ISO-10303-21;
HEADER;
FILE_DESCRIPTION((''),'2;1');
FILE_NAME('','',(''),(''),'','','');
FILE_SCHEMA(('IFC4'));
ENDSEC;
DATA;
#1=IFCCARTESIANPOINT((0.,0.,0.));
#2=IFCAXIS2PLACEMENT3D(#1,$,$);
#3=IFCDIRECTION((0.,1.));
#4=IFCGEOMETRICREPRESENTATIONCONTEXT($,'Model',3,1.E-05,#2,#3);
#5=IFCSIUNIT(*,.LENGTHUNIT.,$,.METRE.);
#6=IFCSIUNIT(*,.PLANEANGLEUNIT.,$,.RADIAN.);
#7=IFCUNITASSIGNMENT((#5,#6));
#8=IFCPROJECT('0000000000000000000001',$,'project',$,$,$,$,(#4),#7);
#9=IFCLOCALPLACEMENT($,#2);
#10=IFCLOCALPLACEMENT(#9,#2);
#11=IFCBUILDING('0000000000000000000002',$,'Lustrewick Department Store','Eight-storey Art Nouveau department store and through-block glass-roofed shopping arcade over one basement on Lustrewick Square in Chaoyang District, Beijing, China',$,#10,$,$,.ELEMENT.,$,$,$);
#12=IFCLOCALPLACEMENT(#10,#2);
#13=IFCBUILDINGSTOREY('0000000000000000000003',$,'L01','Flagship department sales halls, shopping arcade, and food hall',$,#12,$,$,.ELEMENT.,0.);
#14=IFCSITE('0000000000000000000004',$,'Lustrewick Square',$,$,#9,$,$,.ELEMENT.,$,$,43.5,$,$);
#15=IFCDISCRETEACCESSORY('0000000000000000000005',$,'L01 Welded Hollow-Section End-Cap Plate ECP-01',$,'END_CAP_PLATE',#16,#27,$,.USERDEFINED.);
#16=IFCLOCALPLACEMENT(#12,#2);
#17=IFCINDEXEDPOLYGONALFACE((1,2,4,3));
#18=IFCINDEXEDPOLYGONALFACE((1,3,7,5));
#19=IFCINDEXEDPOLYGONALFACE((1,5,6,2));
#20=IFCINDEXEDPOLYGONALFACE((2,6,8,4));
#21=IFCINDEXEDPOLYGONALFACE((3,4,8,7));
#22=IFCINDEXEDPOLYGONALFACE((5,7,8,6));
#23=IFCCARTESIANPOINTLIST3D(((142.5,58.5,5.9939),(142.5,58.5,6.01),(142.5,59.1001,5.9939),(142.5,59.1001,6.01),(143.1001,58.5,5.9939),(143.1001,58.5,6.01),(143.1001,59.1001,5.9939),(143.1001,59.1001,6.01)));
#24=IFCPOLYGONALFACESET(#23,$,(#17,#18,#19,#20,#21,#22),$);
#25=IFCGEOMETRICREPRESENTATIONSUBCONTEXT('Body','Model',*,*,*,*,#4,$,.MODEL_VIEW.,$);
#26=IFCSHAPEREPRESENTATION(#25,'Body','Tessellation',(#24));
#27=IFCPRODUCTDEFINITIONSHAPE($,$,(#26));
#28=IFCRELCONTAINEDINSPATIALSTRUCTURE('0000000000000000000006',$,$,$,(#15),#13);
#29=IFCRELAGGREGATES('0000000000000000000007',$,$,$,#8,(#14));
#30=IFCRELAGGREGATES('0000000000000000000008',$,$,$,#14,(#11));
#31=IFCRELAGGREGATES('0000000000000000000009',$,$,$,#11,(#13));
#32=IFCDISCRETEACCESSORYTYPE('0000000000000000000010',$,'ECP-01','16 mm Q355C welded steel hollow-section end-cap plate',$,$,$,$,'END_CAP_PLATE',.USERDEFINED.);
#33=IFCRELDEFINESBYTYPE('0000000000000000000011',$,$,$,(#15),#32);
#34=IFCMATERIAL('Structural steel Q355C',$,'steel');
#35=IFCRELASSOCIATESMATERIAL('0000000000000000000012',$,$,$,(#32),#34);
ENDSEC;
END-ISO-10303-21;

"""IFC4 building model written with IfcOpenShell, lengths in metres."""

from ifc_helpers import new_model, si_unit, direction, frame, origin, origin_2d, place, context, subcontext, project, spatial, rectangle, extrude, material, type_object, element, save


model = new_model("IFC4")

# Units and contexts
model_context = context("Model", 3, precision=1e-05, world=origin(), true_north=direction((0.0, 1.0)))
body_context = subcontext(model_context, "Body", "Model", "MODEL_VIEW")
ifc_project = project(units=[si_unit("LENGTHUNIT", "METRE"), si_unit("PLANEANGLEUNIT", "RADIAN")], contexts=[model_context])

# Site, building, storey
site_placement = place(None, origin())
site = spatial("IfcSite", under=ifc_project, at=site_placement, Name="Lustrewick Square", CompositionType="ELEMENT", RefElevation=43.5)
building_placement = place(site_placement, origin())
building = spatial("IfcBuilding", under=site, at=building_placement, Name="Lustrewick Department Store", Description="Eight-storey Art Nouveau department store and through-block glass-roofed shopping arcade over one basement on Lustrewick Square in Chaoyang District, Beijing, China", CompositionType="ELEMENT")
storey_placement = place(building_placement, origin())
storey = spatial("IfcBuildingStorey", under=building, at=storey_placement, Name="L01", Description="Flagship department sales halls, shopping arcade, and food hall", CompositionType="ELEMENT", Elevation=0.0)

# Shared definitions
ifc_material_1 = material(Name="Structural steel Q355C", Category="steel")

# Discrete accessory
discrete_accessory_type = type_object("IfcDiscreteAccessoryType", Name="ECP-01", Description="16 mm Q355C welded steel hollow-section end-cap plate", ElementType="END_CAP_PLATE", PredefinedType="USERDEFINED", material=ifc_material_1)
discrete_accessory_placement = place(storey_placement, frame((142.8, 58.8, 5.9939), z_axis=(0.0, 0.0, 1.0), x_axis=(1.0, 0.0, 0.0)))
element("IfcDiscreteAccessory", 1, at=discrete_accessory_placement, inside=storey, type_object=discrete_accessory_type, Name="L01 Welded Hollow-Section End-Cap Plate ECP-01", ObjectType="END_CAP_PLATE", PredefinedType="USERDEFINED", context=body_context, shape_type="SweptSolid", body=[
    extrude(rectangle(XDim=0.6001, YDim=0.6001, at=origin_2d()), origin(), (0.0, 0.0, 1.0), 0.0161),
])

save(model, "model.ifc")
